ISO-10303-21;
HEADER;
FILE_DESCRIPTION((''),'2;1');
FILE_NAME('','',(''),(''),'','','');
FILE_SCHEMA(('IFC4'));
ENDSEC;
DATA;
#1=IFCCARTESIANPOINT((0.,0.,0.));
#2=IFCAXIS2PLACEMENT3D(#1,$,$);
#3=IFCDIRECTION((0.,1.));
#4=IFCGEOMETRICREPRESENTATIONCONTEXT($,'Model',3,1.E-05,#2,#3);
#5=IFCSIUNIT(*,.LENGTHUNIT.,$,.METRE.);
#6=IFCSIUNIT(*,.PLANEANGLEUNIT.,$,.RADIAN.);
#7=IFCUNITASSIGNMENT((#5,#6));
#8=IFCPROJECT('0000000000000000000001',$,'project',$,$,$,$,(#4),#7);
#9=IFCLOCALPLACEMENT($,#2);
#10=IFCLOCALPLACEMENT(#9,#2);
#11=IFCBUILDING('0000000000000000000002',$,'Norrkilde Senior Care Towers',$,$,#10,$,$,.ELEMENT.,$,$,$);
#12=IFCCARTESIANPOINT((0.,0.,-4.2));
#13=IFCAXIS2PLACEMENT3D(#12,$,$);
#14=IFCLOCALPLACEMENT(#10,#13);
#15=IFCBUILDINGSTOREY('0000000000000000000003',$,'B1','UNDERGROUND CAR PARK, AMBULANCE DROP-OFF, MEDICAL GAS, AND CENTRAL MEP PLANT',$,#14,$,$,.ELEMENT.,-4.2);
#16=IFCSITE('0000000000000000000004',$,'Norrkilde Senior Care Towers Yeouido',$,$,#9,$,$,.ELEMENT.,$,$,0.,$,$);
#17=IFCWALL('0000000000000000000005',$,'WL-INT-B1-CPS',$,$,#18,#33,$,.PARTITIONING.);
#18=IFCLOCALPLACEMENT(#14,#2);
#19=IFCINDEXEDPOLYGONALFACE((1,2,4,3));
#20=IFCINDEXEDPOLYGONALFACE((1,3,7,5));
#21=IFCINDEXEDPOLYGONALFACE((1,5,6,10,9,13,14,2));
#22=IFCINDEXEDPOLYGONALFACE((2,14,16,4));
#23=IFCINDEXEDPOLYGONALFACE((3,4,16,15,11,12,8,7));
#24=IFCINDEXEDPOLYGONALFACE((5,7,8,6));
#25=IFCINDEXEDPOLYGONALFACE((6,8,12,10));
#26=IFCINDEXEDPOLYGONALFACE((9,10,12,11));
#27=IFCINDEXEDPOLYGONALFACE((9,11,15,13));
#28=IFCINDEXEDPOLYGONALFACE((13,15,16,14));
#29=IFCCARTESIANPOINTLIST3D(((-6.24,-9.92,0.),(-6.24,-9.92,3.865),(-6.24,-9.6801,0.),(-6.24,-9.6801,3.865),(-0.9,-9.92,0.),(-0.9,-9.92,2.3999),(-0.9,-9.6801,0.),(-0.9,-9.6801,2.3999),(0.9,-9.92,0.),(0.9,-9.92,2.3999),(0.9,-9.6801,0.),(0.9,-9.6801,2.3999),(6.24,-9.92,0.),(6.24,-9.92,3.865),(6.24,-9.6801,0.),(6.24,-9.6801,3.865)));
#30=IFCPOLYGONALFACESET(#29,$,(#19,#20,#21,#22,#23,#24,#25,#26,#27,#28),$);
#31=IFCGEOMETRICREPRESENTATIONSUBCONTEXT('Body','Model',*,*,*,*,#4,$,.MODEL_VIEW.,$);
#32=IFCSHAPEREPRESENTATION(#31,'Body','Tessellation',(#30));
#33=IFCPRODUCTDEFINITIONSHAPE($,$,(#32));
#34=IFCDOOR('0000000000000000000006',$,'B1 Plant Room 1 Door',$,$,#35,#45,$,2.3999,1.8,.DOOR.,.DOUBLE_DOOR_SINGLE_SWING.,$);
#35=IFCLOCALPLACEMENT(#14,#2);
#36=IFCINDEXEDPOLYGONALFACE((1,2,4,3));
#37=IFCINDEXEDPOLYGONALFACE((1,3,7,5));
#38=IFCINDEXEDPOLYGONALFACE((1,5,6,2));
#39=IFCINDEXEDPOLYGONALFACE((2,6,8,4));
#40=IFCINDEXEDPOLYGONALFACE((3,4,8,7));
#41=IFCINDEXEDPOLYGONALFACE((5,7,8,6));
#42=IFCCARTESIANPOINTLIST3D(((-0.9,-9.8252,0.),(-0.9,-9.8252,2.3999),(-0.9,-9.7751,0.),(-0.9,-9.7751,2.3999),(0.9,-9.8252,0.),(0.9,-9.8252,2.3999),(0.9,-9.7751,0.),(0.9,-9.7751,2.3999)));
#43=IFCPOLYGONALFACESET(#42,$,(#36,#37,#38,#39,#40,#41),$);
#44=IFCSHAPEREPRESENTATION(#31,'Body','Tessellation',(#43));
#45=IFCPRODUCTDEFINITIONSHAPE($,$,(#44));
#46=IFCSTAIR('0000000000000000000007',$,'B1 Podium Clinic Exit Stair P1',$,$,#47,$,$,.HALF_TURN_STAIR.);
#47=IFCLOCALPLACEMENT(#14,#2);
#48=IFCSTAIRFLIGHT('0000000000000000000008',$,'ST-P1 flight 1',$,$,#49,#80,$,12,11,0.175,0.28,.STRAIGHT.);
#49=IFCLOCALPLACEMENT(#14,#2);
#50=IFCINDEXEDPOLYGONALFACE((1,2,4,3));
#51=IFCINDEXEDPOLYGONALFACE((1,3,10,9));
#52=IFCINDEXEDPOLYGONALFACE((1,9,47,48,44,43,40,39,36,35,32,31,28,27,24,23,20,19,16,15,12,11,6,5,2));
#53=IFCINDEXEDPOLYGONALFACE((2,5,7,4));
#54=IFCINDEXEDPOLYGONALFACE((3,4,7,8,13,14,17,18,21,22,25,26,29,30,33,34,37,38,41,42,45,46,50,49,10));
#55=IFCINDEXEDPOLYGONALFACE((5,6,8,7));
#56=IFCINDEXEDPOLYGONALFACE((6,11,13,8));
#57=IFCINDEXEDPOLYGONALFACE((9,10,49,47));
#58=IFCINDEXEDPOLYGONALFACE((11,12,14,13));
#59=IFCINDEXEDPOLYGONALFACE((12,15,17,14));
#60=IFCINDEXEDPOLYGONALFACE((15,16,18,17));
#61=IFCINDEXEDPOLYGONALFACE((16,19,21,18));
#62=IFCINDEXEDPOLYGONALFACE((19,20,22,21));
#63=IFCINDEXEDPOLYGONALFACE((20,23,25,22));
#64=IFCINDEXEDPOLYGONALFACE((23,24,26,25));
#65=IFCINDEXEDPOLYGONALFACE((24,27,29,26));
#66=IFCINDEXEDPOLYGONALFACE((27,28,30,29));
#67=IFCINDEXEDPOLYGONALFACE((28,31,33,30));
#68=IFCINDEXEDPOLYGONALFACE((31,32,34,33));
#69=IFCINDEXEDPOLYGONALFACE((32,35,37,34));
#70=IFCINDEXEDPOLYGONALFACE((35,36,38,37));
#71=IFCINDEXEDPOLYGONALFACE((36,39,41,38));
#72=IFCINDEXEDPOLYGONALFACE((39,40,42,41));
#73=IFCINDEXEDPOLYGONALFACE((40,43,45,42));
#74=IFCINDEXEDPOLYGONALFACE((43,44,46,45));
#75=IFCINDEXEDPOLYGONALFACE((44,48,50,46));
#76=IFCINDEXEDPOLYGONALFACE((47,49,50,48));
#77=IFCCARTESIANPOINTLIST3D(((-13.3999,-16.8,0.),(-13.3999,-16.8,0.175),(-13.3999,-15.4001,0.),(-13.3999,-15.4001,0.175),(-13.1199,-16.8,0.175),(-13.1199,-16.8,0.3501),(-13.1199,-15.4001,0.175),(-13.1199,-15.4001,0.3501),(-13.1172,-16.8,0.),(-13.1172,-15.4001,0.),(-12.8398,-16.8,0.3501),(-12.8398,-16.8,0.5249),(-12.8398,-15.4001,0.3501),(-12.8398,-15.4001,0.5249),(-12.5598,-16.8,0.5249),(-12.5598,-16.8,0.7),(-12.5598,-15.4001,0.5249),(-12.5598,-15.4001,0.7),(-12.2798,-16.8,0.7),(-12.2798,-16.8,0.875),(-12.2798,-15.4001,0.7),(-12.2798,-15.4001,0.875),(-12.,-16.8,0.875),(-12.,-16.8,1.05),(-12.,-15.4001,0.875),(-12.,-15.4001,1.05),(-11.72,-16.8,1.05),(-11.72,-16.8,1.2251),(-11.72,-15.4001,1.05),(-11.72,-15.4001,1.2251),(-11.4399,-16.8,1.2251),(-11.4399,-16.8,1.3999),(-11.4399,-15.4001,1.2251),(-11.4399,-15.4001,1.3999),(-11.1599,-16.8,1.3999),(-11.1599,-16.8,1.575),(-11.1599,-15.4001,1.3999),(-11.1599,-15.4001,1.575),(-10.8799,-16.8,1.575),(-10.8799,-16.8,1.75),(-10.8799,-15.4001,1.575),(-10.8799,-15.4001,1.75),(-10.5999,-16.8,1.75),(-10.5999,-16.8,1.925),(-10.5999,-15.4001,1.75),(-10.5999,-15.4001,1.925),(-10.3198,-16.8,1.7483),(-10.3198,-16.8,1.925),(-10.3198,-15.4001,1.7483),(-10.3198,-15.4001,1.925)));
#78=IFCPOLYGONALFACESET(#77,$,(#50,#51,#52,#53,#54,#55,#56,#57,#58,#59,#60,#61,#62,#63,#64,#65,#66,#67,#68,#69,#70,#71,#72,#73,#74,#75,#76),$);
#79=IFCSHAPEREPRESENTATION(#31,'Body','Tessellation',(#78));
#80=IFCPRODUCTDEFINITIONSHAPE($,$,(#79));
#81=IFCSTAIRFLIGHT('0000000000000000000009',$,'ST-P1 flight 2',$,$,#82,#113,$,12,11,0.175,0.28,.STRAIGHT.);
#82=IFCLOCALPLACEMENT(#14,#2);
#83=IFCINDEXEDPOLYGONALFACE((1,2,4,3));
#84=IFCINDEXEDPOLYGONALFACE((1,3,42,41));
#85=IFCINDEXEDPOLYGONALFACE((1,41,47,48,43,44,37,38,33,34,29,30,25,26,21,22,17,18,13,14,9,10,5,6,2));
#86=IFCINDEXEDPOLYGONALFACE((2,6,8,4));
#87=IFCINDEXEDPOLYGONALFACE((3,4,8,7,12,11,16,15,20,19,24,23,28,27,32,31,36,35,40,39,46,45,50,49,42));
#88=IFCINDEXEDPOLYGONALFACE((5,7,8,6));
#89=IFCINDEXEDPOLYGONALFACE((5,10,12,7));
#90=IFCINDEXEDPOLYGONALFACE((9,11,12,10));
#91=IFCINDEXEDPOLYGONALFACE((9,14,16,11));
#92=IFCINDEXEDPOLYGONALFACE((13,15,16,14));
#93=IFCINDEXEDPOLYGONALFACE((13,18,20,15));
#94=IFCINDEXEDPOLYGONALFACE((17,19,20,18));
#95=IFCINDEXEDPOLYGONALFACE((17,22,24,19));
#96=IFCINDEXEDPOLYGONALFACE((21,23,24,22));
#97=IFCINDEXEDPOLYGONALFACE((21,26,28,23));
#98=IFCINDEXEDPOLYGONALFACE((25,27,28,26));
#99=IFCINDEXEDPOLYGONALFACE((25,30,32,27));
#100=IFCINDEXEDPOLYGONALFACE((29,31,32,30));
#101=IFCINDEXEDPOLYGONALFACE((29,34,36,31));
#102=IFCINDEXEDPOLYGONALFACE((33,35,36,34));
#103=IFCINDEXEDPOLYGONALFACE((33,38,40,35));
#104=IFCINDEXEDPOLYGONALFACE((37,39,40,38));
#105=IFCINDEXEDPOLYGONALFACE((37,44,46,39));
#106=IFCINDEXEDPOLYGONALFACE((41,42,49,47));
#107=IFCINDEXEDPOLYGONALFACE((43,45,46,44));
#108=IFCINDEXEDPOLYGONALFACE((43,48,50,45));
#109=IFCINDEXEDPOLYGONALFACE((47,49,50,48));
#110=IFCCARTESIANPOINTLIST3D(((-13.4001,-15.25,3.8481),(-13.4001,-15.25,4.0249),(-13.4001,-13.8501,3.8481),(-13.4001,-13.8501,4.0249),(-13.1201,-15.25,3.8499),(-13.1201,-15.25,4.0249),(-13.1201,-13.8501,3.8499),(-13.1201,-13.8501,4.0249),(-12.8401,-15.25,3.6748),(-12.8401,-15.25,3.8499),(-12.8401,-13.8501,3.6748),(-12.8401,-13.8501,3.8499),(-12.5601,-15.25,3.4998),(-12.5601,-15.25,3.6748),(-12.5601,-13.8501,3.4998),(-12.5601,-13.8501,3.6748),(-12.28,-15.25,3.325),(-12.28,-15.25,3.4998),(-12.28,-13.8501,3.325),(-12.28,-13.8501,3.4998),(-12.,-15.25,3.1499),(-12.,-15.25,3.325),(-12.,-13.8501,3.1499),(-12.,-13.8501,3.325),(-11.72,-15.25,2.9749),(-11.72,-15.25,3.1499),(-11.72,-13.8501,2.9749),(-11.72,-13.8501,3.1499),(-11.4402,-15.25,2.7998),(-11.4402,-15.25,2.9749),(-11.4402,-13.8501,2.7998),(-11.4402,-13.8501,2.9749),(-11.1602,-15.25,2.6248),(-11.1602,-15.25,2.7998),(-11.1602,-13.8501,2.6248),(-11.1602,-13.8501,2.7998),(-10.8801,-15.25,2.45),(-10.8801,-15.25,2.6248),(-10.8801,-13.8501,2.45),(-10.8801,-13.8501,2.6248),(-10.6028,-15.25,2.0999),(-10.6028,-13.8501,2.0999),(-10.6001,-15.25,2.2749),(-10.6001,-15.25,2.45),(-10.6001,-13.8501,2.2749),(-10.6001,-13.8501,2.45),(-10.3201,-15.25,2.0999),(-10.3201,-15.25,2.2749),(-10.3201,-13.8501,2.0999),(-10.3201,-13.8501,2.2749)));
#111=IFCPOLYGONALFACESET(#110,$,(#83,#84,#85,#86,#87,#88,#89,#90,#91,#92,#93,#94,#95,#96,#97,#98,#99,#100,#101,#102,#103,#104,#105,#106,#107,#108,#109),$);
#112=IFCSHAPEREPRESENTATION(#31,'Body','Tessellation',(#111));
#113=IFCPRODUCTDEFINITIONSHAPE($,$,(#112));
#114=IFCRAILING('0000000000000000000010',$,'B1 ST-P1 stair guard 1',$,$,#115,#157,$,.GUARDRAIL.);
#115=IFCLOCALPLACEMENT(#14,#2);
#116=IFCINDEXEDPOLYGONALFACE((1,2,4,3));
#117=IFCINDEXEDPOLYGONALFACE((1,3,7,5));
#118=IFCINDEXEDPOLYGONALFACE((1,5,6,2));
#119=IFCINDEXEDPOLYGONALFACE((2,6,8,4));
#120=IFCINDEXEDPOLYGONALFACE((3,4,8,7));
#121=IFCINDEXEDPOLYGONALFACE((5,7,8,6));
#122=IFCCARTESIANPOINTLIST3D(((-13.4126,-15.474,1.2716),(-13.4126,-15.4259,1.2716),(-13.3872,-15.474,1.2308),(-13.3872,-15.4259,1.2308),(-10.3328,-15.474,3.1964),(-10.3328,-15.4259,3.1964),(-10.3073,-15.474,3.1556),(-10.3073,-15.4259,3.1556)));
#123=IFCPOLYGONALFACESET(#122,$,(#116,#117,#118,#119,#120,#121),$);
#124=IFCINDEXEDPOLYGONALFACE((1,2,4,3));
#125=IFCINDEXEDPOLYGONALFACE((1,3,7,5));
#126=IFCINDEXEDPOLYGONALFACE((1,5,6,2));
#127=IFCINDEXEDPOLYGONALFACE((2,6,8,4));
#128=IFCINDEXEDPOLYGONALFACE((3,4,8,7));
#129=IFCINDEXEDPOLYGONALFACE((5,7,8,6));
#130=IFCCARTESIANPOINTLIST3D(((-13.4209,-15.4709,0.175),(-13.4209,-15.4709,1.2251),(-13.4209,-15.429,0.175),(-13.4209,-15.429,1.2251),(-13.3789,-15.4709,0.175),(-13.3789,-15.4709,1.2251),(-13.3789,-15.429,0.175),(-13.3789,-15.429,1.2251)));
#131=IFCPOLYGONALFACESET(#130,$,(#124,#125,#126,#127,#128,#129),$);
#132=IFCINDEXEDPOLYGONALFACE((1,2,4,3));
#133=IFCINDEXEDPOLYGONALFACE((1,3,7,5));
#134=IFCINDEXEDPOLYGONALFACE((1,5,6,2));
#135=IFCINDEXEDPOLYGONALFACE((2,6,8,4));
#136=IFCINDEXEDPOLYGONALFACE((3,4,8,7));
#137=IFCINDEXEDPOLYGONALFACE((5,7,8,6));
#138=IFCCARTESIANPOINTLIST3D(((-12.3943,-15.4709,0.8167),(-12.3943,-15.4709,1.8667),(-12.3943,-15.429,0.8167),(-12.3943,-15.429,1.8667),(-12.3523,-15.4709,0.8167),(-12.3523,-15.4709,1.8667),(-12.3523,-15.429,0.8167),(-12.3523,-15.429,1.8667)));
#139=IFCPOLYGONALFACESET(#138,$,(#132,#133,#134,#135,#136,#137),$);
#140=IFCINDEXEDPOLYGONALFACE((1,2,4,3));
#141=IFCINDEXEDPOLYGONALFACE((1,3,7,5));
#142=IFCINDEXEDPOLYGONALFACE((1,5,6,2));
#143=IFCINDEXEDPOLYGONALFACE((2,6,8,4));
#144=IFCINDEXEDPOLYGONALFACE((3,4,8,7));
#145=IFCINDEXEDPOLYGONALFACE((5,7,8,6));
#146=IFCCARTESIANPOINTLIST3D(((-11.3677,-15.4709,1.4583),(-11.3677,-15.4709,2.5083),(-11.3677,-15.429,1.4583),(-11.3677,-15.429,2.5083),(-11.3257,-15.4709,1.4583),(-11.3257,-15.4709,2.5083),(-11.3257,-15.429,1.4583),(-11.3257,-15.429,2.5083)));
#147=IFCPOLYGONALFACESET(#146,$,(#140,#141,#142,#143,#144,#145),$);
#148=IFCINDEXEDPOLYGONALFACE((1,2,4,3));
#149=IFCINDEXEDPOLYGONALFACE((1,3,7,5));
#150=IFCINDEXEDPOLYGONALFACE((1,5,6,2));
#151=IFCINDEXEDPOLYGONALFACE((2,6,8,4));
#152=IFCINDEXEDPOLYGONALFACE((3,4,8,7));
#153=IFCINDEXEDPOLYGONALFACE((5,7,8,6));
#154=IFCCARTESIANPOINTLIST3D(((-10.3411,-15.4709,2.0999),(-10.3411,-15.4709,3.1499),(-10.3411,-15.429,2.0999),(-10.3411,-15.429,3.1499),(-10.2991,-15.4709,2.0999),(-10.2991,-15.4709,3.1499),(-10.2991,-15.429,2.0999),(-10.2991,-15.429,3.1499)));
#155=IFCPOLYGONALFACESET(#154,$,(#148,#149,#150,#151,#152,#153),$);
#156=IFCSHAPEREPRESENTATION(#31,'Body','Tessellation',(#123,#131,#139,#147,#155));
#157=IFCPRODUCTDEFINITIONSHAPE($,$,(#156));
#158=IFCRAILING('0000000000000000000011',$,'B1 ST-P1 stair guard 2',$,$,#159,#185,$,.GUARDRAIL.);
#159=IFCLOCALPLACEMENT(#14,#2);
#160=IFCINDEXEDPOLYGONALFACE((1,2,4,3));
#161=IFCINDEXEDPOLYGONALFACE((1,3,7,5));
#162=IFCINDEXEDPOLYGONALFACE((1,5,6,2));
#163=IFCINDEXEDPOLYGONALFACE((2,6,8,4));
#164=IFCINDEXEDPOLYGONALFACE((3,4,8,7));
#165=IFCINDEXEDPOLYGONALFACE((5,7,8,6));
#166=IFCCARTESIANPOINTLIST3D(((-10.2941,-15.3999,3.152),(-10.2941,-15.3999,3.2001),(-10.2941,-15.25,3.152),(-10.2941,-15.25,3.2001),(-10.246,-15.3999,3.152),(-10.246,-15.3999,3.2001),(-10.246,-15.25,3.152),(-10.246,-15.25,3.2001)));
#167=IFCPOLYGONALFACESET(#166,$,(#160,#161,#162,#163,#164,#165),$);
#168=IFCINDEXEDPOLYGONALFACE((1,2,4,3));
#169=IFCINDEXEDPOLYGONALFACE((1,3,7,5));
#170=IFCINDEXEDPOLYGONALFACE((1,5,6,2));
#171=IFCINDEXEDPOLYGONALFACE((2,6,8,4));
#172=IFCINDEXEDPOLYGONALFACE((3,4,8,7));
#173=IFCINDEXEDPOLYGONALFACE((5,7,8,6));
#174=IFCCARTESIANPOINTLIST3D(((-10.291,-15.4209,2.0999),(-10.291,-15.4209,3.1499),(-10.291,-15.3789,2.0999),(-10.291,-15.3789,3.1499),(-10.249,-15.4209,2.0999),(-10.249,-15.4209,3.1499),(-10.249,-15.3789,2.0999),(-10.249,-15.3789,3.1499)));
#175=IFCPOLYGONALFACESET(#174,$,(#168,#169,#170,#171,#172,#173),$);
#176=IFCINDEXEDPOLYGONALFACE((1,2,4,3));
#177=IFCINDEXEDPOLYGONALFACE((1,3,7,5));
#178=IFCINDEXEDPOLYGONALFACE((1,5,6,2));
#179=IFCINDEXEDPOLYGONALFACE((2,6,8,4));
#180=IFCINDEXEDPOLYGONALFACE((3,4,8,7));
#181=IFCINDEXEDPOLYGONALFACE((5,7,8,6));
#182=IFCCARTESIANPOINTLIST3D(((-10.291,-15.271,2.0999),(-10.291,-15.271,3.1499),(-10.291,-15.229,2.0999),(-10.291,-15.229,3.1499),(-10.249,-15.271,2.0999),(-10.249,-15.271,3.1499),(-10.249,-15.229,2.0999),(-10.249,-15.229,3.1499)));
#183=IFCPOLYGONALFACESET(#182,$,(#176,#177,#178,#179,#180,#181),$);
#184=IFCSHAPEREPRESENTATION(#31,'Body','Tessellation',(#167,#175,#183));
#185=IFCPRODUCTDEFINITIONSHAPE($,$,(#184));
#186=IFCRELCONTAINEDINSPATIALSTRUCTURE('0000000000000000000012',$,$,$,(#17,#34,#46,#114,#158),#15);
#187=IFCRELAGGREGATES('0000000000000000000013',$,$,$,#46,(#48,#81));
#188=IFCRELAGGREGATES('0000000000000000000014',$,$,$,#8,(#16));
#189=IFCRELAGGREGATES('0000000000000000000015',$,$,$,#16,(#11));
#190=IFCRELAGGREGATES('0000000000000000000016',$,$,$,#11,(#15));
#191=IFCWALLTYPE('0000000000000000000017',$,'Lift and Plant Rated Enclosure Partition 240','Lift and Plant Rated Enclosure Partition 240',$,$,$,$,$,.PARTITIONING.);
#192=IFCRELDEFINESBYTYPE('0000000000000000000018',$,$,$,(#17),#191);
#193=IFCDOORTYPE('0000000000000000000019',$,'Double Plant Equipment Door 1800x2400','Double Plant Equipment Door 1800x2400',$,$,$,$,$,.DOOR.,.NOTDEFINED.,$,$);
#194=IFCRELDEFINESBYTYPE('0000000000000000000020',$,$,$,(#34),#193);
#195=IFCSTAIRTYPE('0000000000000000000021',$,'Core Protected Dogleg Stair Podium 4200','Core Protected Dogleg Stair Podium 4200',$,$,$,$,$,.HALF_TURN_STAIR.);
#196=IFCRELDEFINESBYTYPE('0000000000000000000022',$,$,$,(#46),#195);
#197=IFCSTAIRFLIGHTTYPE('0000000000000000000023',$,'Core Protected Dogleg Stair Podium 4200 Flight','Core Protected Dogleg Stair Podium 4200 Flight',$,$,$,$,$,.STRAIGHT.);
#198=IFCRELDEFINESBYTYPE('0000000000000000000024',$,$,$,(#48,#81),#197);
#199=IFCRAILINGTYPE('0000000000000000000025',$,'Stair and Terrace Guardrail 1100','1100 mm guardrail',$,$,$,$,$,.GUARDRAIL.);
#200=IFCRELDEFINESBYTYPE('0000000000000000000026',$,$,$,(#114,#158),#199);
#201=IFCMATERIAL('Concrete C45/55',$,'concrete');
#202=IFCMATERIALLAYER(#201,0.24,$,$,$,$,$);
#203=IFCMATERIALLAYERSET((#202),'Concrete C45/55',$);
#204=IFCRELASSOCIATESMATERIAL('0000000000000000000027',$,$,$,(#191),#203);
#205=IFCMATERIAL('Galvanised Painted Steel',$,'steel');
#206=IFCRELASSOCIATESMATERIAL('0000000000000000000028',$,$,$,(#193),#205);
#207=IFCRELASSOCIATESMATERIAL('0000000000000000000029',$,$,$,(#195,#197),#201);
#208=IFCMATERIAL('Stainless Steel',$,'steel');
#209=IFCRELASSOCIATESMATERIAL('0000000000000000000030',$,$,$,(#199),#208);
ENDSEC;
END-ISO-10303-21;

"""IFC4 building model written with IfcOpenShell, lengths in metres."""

from ifc_helpers import new_model, si_unit, direction, frame, frame_2d, origin, origin_2d, place, context, subcontext, project, spatial, polyline, rectangle, outline, extrude, source, transform, mapped, material, layer, layer_set, type_object, type_shapes, element, fill, aggregate, save


model = new_model("IFC4")

# Units and contexts
model_context = context("Model", 3, precision=1e-05, world=origin(), true_north=direction((0.0, 1.0)))
body_context = subcontext(model_context, "Body", "Model", "MODEL_VIEW")
ifc_project = project(units=[si_unit("LENGTHUNIT", "METRE"), si_unit("PLANEANGLEUNIT", "RADIAN")], contexts=[model_context])

# Site, building, storey
site_placement = place(None, origin())
site = spatial("IfcSite", under=ifc_project, at=site_placement, Name="Norrkilde Senior Care Towers Yeouido", CompositionType="ELEMENT", RefElevation=0.0)
building_placement = place(site_placement, origin())
building = spatial("IfcBuilding", under=site, at=building_placement, Name="Norrkilde Senior Care Towers", CompositionType="ELEMENT")
storey_placement = place(building_placement, frame((0.0, 0.0, -4.2)))
storey = spatial("IfcBuildingStorey", under=building, at=storey_placement, Name="B1", Description="UNDERGROUND CAR PARK, AMBULANCE DROP-OFF, MEDICAL GAS, AND CENTRAL MEP PLANT", CompositionType="ELEMENT", Elevation=-4.2)

# Shared definitions
ifc_material_1 = material(Name="Concrete C45/55", Category="concrete")
ifc_material_2 = material(Name="Galvanised Painted Steel", Category="steel")

# Shared definitions
ifc_layer_1 = layer(ifc_material_1, 0.24)
ifc_layer_set_1 = layer_set([ifc_layer_1], Name="Concrete C45/55")
wall_type_1 = type_object("IfcWallType", Name="Lift and Plant Rated Enclosure Partition 240", Description="Lift and Plant Rated Enclosure Partition 240", PredefinedType="PARTITIONING", material=ifc_layer_set_1)

# Wall, opening, door
shared_shape_1 = source(origin(), body_context, "Body", "SweptSolid", [
    extrude(rectangle(XDim=12.48, YDim=0.24, at=frame_2d((6.24, 0.0))), origin(), (0.0, 0.0, 1.0), 3.865),
])
wall_1_placement = place(storey_placement, frame((-6.24, -9.8, 0.0), z_axis=(0.0, 0.0, 1.0), x_axis=(1.0, 0.0, 0.0)))
wall_1 = element("IfcWall", 1, at=wall_1_placement, inside=storey, type_object=wall_type_1, Name="WL-INT-B1-CPS", PredefinedType="PARTITIONING", context=body_context, shape_type="MappedRepresentation", body=[
    mapped(shared_shape_1, transform((0.0, 0.0, 0.0), x_axis=(1.0, 0.0, 0.0), y_axis=(0.0, 1.0, 0.0), z_axis=(0.0, 0.0, 1.0), scale=1.0)),
])
opening_1_placement = place(wall_1_placement, frame((5.3401, 0.0, 0.0)))
opening_1 = element("IfcOpeningElement", 2, at=opening_1_placement, cuts=wall_1, PredefinedType="OPENING", context=body_context, shape_type="SweptSolid", body=[
    extrude(rectangle(XDim=1.8, YDim=2.3999, at=frame_2d((0.8999, 1.2))), frame((0.0, 0.1299, 0.0), z_axis=(0.0, -1.0, 0.0), x_axis=(1.0, 0.0, 0.0)), (0.0, 0.0, 1.0), 0.26),
])
door_type_1 = type_object("IfcDoorType", Name="Double Plant Equipment Door 1800x2400", Description="Double Plant Equipment Door 1800x2400", OperationType="NOTDEFINED", PredefinedType="DOOR", material=ifc_material_2)
shared_shape_2 = source(origin(), body_context, "Body", "SweptSolid", [
    extrude(rectangle(XDim=1.8, YDim=2.3999, at=frame_2d((0.8999, 1.2))), frame((0.0, 0.0249, 0.0), z_axis=(0.0, -1.0, 0.0), x_axis=(1.0, 0.0, 0.0)), (0.0, 0.0, 1.0), 0.05),
])
type_shapes(door_type_1, [shared_shape_2])
door_1_placement = place(opening_1_placement, origin())
door_1 = element("IfcDoor", 3, at=door_1_placement, inside=storey, type_object=door_type_1, Name="B1 Plant Room 1 Door", OperationType="DOUBLE_DOOR_SINGLE_SWING", OverallHeight=2.3999, OverallWidth=1.8, PredefinedType="DOOR", context=body_context, shape_type="MappedRepresentation", body=[
    mapped(shared_shape_2, transform((0.0, 0.0, 0.0), x_axis=(1.0, 0.0, 0.0), y_axis=(0.0, 1.0, 0.0), z_axis=(0.0, 0.0, 1.0), scale=1.0)),
])
fill(opening_1, door_1)

# Stair, stair flights
stair_type = type_object("IfcStairType", Name="Core Protected Dogleg Stair Podium 4200", Description="Core Protected Dogleg Stair Podium 4200", PredefinedType="HALF_TURN_STAIR", material=ifc_material_1)
stair_placement = place(storey_placement, origin())
stair = element("IfcStair", 4, at=stair_placement, inside=storey, type_object=stair_type, Name="B1 Podium Clinic Exit Stair P1", PredefinedType="HALF_TURN_STAIR")
stair_flight_type = type_object("IfcStairFlightType", Name="Core Protected Dogleg Stair Podium 4200 Flight", Description="Core Protected Dogleg Stair Podium 4200 Flight", PredefinedType="STRAIGHT", material=ifc_material_1)
stair_flight_1_placement = place(storey_placement, frame((-13.3999, -16.1001, 0.0), z_axis=(0.0, 0.0, 1.0), x_axis=(1.0, 0.0, 0.0)))
stair_flight_1 = element("IfcStairFlight", 5, at=stair_flight_1_placement, type_object=stair_flight_type, Name="ST-P1 flight 1", NumberOfRisers=12, NumberOfTreads=11, PredefinedType="STRAIGHT", RiserHeight=0.175, TreadLength=0.28, context=body_context, shape_type="SweptSolid", body=[
    extrude(outline(polyline([(0.0, 0.0), (0.0, 0.175), (0.28, 0.175), (0.28, 0.3501), (0.5601, 0.3501), (0.5601, 0.5249), (0.8401, 0.5249), (0.8401, 0.7), (1.1201, 0.7), (1.1201, 0.875), (1.3999, 0.875), (1.3999, 1.05), (1.6799, 1.05), (1.6799, 1.2251), (1.96, 1.2251), (1.96, 1.3999), (2.24, 1.3999), (2.24, 1.575), (2.52, 1.575), (2.52, 1.75), (2.8, 1.75), (2.8, 1.925), (3.0801, 1.925), (3.0801, 2.1001), (3.0801, 1.7483), (0.2827, 0.0), (0.0, 0.0)])), frame((0.0, 0.7, 0.0), z_axis=(0.0, -1.0, 0.0), x_axis=(1.0, 0.0, 0.0)), (0.0, 0.0, 1.0), 1.3999),
])
stair_flight_2_placement = place(storey_placement, frame((-10.3201, -14.55, 2.0999), z_axis=(0.0, 0.0, 1.0), x_axis=(-1.0, 0.0, 0.0)))
stair_flight_2 = element("IfcStairFlight", 6, at=stair_flight_2_placement, type_object=stair_flight_type, Name="ST-P1 flight 2", NumberOfRisers=12, NumberOfTreads=11, PredefinedType="STRAIGHT", RiserHeight=0.175, TreadLength=0.28, context=body_context, shape_type="SweptSolid", body=[
    extrude(outline(polyline([(0.0, 0.0), (0.0, 0.175), (0.28, 0.175), (0.28, 0.3501), (0.5601, 0.3501), (0.5601, 0.5249), (0.8401, 0.5249), (0.8401, 0.7), (1.1201, 0.7), (1.1201, 0.875), (1.3999, 0.875), (1.3999, 1.05), (1.6799, 1.05), (1.6799, 1.2251), (1.96, 1.2251), (1.96, 1.3999), (2.24, 1.3999), (2.24, 1.575), (2.52, 1.575), (2.52, 1.75), (2.8, 1.75), (2.8, 1.925), (3.0801, 1.925), (3.0801, 2.1001), (3.0801, 1.7483), (0.2827, 0.0), (0.0, 0.0)])), frame((0.0, 0.7, 0.0), z_axis=(0.0, -1.0, 0.0), x_axis=(1.0, 0.0, 0.0)), (0.0, 0.0, 1.0), 1.3999),
])
aggregate(stair, [stair_flight_1, stair_flight_2])

# Railings
ifc_material_3 = material(Name="Stainless Steel", Category="steel")
railing_type_1 = type_object("IfcRailingType", Name="Stair and Terrace Guardrail 1100", Description="1100 mm guardrail", PredefinedType="GUARDRAIL", material=ifc_material_3)
railing_1_placement = place(storey_placement, frame((-13.3999, -15.45, 0.175)))
element("IfcRailing", 7, at=railing_1_placement, inside=storey, type_object=railing_type_1, Name="B1 ST-P1 stair guard 1", PredefinedType="GUARDRAIL", context=body_context, shape_type="SweptSolid", body=[
    extrude(rectangle(XDim=0.0481, YDim=0.0481, at=origin_2d()), frame((0.0, 0.0, 1.0762), z_axis=(0.84801, 0.0, 0.529981), x_axis=(0.0, 1.0, 0.0)), (0.0, 0.0, 1.0), 3.6318),
    extrude(rectangle(XDim=0.042, YDim=0.042, at=origin_2d()), origin(), (0.0, 0.0, 1.0), 1.05),
    extrude(rectangle(XDim=0.042, YDim=0.042, at=origin_2d()), frame((1.0266, 0.0, 0.6416)), (0.0, 0.0, 1.0), 1.05),
    extrude(rectangle(XDim=0.042, YDim=0.042, at=origin_2d()), frame((2.0532, 0.0, 1.2832)), (0.0, 0.0, 1.0), 1.05),
    extrude(rectangle(XDim=0.042, YDim=0.042, at=origin_2d()), frame((3.0798, 0.0, 1.9248)), (0.0, 0.0, 1.0), 1.05),
])
railing_2_placement = place(storey_placement, frame((-10.27, -15.3999, 2.0999)))
element("IfcRailing", 8, at=railing_2_placement, inside=storey, type_object=railing_type_1, Name="B1 ST-P1 stair guard 2", PredefinedType="GUARDRAIL", context=body_context, shape_type="SweptSolid", body=[
    extrude(rectangle(XDim=0.0481, YDim=0.0481, at=origin_2d()), frame((0.0, 0.0, 1.0762), z_axis=(0.0, 1.0, 0.0), x_axis=(-1.0, 0.0, 0.0)), (0.0, 0.0, 1.0), 0.1499),
    extrude(rectangle(XDim=0.042, YDim=0.042, at=origin_2d()), origin(), (0.0, 0.0, 1.0), 1.05),
    extrude(rectangle(XDim=0.042, YDim=0.042, at=origin_2d()), frame((0.0, 0.1499, 0.0)), (0.0, 0.0, 1.0), 1.05),
])

save(model, "model.ifc")
